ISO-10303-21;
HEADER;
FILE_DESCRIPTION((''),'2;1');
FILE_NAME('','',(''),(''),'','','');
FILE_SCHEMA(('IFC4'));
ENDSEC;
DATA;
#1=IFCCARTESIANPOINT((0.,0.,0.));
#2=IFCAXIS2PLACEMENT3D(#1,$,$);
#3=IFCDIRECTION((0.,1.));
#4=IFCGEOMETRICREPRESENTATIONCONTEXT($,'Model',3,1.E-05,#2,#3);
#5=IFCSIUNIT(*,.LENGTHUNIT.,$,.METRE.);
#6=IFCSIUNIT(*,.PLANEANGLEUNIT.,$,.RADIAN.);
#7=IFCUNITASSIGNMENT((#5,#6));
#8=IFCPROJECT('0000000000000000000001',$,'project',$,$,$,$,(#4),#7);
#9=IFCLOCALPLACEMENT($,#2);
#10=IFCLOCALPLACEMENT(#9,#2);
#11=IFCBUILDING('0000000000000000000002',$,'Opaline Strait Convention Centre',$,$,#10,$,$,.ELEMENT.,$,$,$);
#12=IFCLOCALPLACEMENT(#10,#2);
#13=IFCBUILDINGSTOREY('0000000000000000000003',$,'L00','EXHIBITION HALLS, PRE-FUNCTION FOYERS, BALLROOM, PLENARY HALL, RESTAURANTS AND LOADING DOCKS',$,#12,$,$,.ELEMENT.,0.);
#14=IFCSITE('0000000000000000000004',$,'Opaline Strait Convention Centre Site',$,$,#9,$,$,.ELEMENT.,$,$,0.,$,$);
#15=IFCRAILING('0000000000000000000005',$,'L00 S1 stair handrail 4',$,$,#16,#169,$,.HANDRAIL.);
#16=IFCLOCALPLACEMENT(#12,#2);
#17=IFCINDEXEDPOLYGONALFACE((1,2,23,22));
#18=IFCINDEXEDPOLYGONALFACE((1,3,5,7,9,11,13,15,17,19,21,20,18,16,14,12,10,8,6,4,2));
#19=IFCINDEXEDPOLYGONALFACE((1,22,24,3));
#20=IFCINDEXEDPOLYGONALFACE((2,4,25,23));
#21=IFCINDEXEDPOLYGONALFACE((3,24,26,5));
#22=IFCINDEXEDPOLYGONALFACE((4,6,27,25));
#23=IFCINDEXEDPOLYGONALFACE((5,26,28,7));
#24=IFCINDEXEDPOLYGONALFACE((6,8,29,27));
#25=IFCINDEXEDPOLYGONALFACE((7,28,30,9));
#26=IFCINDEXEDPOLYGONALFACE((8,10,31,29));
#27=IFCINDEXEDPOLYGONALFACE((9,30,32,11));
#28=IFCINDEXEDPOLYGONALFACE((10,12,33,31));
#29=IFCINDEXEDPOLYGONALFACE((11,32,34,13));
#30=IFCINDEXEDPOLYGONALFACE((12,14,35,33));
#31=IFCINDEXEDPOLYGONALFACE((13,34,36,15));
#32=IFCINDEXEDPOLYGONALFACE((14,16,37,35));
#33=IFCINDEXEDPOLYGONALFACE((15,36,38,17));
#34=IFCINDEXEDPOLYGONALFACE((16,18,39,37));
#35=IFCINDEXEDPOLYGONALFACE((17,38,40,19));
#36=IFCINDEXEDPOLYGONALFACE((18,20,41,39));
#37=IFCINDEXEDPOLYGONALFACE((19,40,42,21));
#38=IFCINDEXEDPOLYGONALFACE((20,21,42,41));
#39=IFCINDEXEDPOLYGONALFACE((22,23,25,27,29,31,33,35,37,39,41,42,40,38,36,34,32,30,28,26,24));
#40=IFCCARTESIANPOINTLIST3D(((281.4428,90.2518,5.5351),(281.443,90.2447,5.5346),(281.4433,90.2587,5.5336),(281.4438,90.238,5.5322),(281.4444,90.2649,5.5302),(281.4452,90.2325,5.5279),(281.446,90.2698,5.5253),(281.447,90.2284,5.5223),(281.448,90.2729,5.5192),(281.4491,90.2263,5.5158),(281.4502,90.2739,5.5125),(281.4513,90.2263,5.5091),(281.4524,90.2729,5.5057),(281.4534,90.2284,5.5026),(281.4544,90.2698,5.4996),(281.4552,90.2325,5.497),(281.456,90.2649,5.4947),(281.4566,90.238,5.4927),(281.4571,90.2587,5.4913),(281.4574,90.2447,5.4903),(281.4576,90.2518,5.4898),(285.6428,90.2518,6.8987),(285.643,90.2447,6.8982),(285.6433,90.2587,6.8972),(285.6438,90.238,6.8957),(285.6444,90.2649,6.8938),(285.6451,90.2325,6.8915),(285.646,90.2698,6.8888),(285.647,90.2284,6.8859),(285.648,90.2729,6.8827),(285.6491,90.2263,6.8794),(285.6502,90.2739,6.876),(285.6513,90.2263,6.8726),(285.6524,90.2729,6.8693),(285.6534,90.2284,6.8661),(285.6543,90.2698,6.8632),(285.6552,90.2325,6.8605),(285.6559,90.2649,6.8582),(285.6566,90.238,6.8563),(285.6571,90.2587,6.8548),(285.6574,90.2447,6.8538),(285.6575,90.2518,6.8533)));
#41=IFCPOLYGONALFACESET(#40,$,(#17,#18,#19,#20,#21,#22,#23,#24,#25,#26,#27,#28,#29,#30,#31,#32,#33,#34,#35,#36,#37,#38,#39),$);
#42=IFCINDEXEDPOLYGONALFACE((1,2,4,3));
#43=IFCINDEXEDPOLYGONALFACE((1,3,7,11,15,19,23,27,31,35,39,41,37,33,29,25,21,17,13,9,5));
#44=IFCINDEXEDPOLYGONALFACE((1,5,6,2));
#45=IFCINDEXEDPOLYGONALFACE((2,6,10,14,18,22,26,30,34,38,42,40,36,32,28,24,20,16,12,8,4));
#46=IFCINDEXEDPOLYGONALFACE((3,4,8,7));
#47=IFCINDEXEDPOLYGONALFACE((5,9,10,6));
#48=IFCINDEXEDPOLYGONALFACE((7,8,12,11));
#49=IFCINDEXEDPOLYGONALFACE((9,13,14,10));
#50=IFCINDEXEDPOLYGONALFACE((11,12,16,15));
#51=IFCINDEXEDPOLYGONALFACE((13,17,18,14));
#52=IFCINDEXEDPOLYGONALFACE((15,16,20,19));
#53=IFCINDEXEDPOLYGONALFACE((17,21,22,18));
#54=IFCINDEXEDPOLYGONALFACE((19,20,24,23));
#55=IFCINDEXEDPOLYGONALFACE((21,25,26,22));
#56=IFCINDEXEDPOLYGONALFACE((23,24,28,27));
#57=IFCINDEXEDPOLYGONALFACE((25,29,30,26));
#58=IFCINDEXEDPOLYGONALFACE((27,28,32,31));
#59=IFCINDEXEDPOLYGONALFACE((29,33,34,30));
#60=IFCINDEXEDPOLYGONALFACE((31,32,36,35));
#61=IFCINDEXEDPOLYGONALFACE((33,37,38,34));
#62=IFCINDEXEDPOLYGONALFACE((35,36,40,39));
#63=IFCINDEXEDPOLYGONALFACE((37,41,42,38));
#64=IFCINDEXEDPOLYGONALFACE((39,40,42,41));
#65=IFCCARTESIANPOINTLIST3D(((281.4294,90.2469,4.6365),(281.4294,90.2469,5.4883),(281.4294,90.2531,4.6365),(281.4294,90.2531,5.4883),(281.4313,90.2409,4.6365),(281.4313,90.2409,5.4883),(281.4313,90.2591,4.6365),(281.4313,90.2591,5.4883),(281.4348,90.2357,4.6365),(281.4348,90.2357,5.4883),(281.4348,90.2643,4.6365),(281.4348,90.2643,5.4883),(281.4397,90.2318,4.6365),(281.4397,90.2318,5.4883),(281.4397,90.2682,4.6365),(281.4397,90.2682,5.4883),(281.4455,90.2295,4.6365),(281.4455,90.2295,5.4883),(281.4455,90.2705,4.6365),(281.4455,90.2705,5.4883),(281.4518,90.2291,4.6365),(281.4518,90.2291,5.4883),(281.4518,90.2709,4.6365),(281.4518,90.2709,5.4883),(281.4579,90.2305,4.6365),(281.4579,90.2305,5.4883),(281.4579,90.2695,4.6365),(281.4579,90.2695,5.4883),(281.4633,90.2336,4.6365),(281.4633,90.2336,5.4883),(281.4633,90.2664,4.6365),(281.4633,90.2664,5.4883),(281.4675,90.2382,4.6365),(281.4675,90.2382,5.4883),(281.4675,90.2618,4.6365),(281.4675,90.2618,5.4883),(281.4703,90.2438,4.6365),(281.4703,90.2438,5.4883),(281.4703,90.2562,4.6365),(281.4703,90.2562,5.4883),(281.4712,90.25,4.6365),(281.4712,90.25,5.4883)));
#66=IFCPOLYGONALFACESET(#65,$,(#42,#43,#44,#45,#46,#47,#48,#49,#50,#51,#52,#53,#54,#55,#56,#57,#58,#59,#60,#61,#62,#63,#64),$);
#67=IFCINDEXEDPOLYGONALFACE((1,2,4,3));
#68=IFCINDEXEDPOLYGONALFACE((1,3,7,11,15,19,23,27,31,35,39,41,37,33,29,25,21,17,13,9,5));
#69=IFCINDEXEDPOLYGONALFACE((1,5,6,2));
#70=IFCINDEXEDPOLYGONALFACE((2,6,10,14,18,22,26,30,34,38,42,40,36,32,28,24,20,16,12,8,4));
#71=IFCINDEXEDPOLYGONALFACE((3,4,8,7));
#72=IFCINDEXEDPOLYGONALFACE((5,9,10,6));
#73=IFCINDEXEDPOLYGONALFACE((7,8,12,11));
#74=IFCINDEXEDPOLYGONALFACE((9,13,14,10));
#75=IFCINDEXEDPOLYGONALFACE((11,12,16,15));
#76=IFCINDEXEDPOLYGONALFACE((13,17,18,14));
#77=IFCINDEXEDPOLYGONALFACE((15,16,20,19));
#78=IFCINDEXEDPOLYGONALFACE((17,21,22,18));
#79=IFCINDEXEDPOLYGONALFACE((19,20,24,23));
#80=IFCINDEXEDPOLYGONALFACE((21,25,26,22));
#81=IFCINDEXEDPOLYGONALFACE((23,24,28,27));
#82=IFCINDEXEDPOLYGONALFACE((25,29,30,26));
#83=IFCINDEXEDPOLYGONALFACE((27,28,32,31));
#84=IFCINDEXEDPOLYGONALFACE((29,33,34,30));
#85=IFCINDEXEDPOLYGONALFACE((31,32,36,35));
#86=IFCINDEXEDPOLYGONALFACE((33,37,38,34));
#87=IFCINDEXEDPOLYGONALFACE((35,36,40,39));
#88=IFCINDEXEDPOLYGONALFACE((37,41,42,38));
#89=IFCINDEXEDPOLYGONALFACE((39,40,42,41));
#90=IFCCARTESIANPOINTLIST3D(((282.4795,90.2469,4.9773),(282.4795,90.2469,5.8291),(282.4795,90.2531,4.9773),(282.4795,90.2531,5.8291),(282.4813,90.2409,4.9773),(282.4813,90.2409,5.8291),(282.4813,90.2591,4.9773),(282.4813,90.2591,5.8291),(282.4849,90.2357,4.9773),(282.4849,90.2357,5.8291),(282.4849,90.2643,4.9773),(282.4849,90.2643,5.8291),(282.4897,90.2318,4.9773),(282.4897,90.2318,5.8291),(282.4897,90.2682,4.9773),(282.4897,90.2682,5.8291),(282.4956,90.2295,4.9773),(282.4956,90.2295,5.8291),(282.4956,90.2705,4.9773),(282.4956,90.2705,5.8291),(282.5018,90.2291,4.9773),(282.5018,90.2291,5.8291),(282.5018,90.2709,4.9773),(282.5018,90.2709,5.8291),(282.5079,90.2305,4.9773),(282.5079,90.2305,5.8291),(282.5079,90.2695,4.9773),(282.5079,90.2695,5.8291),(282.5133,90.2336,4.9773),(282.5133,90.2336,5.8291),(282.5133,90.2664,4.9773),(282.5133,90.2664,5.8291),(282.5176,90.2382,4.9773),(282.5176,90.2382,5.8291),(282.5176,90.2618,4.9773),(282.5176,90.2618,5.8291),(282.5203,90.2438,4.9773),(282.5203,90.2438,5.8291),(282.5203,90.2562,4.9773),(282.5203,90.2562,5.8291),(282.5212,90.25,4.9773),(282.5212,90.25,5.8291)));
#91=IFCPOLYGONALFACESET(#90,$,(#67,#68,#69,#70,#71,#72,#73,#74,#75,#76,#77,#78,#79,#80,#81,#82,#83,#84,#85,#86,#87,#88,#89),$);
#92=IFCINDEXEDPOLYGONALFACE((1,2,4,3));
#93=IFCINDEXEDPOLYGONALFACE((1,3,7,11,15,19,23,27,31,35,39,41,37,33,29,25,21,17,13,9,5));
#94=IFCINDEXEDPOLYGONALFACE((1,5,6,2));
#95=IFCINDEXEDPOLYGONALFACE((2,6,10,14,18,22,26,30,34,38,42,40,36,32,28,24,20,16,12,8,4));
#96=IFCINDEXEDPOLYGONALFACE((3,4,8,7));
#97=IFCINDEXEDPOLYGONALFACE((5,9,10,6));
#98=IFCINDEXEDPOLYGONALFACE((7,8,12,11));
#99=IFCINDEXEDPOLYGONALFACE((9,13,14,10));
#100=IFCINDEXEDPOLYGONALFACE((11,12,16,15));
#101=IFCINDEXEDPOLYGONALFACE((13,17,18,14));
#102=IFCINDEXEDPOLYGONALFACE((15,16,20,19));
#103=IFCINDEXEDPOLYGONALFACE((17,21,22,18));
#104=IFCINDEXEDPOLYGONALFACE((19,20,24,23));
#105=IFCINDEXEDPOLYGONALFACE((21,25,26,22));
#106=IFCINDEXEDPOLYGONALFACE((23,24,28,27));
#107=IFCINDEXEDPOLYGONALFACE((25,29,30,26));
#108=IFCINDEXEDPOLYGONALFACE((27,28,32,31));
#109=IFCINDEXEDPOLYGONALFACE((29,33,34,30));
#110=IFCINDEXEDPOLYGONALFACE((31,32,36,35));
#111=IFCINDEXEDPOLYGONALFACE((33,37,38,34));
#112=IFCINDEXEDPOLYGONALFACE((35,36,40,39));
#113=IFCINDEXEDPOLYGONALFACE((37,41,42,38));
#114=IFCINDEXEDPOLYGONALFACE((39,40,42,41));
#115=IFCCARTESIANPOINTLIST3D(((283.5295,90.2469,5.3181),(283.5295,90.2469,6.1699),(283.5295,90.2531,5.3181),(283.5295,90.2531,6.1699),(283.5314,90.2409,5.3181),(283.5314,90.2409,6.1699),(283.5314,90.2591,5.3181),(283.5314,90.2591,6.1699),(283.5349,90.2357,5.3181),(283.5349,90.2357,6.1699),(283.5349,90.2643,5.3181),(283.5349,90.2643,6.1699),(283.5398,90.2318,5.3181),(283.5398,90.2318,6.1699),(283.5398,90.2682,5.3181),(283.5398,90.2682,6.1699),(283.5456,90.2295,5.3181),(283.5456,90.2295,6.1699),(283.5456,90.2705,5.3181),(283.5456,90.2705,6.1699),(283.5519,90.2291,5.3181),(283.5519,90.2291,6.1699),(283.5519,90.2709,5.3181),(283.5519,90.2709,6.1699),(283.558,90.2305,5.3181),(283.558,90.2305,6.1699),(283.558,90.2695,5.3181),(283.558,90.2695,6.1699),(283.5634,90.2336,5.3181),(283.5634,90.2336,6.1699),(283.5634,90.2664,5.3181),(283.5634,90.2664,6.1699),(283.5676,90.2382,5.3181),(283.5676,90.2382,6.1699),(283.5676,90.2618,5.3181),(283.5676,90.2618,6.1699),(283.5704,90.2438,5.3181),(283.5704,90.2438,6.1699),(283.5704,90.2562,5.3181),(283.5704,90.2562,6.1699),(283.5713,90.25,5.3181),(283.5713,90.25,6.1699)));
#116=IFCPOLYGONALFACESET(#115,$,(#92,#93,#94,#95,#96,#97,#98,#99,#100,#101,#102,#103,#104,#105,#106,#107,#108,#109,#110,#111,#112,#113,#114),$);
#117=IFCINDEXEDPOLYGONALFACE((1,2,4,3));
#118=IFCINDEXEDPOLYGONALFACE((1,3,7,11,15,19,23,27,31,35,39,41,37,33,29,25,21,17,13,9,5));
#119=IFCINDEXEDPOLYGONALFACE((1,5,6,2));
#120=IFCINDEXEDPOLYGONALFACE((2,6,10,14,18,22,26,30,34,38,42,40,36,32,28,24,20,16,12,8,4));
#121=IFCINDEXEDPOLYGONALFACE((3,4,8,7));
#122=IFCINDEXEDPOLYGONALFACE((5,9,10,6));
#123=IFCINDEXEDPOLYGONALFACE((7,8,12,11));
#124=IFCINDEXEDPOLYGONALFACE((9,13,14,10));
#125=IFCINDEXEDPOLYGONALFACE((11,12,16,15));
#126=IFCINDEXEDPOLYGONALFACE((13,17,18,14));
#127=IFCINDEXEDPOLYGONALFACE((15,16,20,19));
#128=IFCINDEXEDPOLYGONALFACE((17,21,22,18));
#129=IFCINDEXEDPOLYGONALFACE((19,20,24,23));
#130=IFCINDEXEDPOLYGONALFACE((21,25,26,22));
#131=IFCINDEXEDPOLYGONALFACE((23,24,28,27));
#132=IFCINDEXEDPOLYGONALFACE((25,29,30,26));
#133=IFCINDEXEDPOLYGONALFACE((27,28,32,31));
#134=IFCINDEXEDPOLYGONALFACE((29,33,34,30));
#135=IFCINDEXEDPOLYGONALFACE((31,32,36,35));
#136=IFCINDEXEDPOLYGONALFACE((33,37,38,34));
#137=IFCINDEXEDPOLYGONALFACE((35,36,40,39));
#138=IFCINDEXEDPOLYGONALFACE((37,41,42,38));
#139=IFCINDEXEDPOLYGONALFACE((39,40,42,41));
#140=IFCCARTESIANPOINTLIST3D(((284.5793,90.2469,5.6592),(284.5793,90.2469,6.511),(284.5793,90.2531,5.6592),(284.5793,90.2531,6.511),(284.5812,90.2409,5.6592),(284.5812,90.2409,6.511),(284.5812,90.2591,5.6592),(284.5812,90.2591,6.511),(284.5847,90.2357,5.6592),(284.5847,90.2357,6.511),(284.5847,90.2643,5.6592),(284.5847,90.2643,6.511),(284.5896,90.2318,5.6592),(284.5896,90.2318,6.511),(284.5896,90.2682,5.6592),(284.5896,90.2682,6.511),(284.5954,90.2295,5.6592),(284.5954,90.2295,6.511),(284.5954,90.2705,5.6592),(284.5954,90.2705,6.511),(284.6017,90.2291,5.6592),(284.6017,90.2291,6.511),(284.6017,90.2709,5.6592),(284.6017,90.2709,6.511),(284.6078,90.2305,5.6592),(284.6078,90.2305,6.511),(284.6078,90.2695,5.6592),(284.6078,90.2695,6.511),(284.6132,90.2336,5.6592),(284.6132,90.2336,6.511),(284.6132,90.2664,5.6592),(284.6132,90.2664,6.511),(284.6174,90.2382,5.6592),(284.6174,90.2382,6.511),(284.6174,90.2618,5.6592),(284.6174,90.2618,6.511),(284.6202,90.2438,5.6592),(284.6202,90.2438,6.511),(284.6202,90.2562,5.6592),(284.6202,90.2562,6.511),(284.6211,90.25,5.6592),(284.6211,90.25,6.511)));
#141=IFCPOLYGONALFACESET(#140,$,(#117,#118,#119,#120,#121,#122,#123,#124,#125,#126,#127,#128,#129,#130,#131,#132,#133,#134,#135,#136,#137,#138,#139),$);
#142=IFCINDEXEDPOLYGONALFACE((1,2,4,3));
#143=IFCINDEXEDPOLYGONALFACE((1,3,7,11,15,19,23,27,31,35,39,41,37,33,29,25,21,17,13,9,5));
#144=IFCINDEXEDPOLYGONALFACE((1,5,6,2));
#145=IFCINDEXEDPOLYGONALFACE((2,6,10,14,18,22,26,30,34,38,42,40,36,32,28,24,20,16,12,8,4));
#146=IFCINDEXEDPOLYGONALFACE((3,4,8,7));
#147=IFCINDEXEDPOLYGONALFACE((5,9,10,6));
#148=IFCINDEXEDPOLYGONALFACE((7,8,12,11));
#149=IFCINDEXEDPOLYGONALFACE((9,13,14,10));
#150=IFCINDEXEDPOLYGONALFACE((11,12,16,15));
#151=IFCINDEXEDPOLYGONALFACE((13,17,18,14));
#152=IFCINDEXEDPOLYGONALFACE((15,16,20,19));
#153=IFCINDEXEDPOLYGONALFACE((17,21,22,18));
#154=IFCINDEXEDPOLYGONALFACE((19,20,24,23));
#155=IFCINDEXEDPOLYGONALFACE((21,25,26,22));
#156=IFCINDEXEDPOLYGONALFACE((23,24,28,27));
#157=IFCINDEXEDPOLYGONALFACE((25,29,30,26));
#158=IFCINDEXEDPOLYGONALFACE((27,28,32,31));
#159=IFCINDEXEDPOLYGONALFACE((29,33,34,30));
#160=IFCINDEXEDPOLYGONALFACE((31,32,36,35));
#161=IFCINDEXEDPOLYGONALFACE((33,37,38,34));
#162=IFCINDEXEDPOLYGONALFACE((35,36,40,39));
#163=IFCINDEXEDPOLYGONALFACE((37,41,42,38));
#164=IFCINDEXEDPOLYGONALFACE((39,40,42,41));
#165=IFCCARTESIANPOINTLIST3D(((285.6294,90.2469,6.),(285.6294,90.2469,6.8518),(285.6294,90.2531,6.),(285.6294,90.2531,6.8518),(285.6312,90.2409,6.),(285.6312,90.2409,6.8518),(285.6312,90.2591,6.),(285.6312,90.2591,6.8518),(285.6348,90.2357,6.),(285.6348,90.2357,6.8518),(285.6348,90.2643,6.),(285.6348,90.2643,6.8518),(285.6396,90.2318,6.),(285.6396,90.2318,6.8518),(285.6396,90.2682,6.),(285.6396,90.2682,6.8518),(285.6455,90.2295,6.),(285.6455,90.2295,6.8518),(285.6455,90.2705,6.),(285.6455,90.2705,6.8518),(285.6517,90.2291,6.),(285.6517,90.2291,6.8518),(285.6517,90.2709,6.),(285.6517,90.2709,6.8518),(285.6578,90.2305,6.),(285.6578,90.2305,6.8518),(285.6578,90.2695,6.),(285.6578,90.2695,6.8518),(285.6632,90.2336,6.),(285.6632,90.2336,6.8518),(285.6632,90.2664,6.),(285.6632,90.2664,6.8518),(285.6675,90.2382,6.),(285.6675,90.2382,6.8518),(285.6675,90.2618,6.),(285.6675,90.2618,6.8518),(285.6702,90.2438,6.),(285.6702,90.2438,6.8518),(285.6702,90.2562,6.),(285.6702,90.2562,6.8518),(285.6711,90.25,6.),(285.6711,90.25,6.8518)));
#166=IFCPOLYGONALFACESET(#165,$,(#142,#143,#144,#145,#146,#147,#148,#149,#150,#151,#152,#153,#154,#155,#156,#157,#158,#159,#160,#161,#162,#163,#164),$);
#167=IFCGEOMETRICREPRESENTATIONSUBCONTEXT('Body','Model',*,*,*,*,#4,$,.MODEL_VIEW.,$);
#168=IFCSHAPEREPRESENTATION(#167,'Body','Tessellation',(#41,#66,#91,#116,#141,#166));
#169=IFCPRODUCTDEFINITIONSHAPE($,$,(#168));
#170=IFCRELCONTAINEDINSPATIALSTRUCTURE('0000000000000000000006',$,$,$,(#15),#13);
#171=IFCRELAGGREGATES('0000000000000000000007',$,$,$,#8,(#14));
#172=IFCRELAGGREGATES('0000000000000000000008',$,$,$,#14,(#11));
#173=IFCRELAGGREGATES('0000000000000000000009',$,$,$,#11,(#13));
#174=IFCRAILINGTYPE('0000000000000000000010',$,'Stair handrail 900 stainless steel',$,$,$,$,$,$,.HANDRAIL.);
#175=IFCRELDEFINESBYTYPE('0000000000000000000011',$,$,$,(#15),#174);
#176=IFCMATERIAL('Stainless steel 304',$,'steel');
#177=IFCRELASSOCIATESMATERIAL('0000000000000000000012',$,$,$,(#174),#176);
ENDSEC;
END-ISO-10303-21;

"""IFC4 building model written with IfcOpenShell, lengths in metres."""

from ifc_helpers import new_model, si_unit, direction, frame, origin, origin_2d, place, context, subcontext, project, spatial, circle, extrude, material, type_object, element, save


model = new_model("IFC4")

# Units and contexts
model_context = context("Model", 3, precision=1e-05, world=origin(), true_north=direction((0.0, 1.0)))
body_context = subcontext(model_context, "Body", "Model", "MODEL_VIEW")
ifc_project = project(units=[si_unit("LENGTHUNIT", "METRE"), si_unit("PLANEANGLEUNIT", "RADIAN")], contexts=[model_context])

# Site, building, storey
site_placement = place(None, origin())
site = spatial("IfcSite", under=ifc_project, at=site_placement, Name="Opaline Strait Convention Centre Site", CompositionType="ELEMENT", RefElevation=0.0)
building_placement = place(site_placement, origin())
building = spatial("IfcBuilding", under=site, at=building_placement, Name="Opaline Strait Convention Centre", CompositionType="ELEMENT")
storey_placement = place(building_placement, origin())
storey = spatial("IfcBuildingStorey", under=building, at=storey_placement, Name="L00", Description="EXHIBITION HALLS, PRE-FUNCTION FOYERS, BALLROOM, PLENARY HALL, RESTAURANTS AND LOADING DOCKS", CompositionType="ELEMENT", Elevation=0.0)

# Railing
ifc_material_1 = material(Name="Stainless steel 304", Category="steel")
railing_type_1 = type_object("IfcRailingType", Name="Stair handrail 900 stainless steel", PredefinedType="HANDRAIL", material=ifc_material_1)
for number, where, name in (
    (1, (281.4502, 90.25, 4.6365), "L00 S1 stair handrail 4"),
):
    element("IfcRailing", number, at=place(storey_placement, frame(where)), inside=storey, type_object=railing_type_1, Name=name, PredefinedType="HANDRAIL", context=body_context, shape_type="SweptSolid", body=[
        extrude(circle(Radius=0.0239, at=origin_2d()), frame((0.0, 0.0, 0.876), z_axis=(0.951131, 0.0, 0.308787), x_axis=(0.0, 1.0, 0.0)), (0.0, 0.0, 1.0), 4.4158),
        extrude(circle(Radius=0.021, at=origin_2d()), origin(), (0.0, 0.0, 1.0), 0.8518),
        extrude(circle(Radius=0.021, at=origin_2d()), frame((1.05, 0.0, 0.3408)), (0.0, 0.0, 1.0), 0.8518),
        extrude(circle(Radius=0.021, at=origin_2d()), frame((2.1001, 0.0, 0.6816)), (0.0, 0.0, 1.0), 0.8518),
        extrude(circle(Radius=0.021, at=origin_2d()), frame((3.1499, 0.0, 1.0227)), (0.0, 0.0, 1.0), 0.8518),
        extrude(circle(Radius=0.021, at=origin_2d()), frame((4.2, 0.0, 1.3635)), (0.0, 0.0, 1.0), 0.8518),
    ])

save(model, "model.ifc")
